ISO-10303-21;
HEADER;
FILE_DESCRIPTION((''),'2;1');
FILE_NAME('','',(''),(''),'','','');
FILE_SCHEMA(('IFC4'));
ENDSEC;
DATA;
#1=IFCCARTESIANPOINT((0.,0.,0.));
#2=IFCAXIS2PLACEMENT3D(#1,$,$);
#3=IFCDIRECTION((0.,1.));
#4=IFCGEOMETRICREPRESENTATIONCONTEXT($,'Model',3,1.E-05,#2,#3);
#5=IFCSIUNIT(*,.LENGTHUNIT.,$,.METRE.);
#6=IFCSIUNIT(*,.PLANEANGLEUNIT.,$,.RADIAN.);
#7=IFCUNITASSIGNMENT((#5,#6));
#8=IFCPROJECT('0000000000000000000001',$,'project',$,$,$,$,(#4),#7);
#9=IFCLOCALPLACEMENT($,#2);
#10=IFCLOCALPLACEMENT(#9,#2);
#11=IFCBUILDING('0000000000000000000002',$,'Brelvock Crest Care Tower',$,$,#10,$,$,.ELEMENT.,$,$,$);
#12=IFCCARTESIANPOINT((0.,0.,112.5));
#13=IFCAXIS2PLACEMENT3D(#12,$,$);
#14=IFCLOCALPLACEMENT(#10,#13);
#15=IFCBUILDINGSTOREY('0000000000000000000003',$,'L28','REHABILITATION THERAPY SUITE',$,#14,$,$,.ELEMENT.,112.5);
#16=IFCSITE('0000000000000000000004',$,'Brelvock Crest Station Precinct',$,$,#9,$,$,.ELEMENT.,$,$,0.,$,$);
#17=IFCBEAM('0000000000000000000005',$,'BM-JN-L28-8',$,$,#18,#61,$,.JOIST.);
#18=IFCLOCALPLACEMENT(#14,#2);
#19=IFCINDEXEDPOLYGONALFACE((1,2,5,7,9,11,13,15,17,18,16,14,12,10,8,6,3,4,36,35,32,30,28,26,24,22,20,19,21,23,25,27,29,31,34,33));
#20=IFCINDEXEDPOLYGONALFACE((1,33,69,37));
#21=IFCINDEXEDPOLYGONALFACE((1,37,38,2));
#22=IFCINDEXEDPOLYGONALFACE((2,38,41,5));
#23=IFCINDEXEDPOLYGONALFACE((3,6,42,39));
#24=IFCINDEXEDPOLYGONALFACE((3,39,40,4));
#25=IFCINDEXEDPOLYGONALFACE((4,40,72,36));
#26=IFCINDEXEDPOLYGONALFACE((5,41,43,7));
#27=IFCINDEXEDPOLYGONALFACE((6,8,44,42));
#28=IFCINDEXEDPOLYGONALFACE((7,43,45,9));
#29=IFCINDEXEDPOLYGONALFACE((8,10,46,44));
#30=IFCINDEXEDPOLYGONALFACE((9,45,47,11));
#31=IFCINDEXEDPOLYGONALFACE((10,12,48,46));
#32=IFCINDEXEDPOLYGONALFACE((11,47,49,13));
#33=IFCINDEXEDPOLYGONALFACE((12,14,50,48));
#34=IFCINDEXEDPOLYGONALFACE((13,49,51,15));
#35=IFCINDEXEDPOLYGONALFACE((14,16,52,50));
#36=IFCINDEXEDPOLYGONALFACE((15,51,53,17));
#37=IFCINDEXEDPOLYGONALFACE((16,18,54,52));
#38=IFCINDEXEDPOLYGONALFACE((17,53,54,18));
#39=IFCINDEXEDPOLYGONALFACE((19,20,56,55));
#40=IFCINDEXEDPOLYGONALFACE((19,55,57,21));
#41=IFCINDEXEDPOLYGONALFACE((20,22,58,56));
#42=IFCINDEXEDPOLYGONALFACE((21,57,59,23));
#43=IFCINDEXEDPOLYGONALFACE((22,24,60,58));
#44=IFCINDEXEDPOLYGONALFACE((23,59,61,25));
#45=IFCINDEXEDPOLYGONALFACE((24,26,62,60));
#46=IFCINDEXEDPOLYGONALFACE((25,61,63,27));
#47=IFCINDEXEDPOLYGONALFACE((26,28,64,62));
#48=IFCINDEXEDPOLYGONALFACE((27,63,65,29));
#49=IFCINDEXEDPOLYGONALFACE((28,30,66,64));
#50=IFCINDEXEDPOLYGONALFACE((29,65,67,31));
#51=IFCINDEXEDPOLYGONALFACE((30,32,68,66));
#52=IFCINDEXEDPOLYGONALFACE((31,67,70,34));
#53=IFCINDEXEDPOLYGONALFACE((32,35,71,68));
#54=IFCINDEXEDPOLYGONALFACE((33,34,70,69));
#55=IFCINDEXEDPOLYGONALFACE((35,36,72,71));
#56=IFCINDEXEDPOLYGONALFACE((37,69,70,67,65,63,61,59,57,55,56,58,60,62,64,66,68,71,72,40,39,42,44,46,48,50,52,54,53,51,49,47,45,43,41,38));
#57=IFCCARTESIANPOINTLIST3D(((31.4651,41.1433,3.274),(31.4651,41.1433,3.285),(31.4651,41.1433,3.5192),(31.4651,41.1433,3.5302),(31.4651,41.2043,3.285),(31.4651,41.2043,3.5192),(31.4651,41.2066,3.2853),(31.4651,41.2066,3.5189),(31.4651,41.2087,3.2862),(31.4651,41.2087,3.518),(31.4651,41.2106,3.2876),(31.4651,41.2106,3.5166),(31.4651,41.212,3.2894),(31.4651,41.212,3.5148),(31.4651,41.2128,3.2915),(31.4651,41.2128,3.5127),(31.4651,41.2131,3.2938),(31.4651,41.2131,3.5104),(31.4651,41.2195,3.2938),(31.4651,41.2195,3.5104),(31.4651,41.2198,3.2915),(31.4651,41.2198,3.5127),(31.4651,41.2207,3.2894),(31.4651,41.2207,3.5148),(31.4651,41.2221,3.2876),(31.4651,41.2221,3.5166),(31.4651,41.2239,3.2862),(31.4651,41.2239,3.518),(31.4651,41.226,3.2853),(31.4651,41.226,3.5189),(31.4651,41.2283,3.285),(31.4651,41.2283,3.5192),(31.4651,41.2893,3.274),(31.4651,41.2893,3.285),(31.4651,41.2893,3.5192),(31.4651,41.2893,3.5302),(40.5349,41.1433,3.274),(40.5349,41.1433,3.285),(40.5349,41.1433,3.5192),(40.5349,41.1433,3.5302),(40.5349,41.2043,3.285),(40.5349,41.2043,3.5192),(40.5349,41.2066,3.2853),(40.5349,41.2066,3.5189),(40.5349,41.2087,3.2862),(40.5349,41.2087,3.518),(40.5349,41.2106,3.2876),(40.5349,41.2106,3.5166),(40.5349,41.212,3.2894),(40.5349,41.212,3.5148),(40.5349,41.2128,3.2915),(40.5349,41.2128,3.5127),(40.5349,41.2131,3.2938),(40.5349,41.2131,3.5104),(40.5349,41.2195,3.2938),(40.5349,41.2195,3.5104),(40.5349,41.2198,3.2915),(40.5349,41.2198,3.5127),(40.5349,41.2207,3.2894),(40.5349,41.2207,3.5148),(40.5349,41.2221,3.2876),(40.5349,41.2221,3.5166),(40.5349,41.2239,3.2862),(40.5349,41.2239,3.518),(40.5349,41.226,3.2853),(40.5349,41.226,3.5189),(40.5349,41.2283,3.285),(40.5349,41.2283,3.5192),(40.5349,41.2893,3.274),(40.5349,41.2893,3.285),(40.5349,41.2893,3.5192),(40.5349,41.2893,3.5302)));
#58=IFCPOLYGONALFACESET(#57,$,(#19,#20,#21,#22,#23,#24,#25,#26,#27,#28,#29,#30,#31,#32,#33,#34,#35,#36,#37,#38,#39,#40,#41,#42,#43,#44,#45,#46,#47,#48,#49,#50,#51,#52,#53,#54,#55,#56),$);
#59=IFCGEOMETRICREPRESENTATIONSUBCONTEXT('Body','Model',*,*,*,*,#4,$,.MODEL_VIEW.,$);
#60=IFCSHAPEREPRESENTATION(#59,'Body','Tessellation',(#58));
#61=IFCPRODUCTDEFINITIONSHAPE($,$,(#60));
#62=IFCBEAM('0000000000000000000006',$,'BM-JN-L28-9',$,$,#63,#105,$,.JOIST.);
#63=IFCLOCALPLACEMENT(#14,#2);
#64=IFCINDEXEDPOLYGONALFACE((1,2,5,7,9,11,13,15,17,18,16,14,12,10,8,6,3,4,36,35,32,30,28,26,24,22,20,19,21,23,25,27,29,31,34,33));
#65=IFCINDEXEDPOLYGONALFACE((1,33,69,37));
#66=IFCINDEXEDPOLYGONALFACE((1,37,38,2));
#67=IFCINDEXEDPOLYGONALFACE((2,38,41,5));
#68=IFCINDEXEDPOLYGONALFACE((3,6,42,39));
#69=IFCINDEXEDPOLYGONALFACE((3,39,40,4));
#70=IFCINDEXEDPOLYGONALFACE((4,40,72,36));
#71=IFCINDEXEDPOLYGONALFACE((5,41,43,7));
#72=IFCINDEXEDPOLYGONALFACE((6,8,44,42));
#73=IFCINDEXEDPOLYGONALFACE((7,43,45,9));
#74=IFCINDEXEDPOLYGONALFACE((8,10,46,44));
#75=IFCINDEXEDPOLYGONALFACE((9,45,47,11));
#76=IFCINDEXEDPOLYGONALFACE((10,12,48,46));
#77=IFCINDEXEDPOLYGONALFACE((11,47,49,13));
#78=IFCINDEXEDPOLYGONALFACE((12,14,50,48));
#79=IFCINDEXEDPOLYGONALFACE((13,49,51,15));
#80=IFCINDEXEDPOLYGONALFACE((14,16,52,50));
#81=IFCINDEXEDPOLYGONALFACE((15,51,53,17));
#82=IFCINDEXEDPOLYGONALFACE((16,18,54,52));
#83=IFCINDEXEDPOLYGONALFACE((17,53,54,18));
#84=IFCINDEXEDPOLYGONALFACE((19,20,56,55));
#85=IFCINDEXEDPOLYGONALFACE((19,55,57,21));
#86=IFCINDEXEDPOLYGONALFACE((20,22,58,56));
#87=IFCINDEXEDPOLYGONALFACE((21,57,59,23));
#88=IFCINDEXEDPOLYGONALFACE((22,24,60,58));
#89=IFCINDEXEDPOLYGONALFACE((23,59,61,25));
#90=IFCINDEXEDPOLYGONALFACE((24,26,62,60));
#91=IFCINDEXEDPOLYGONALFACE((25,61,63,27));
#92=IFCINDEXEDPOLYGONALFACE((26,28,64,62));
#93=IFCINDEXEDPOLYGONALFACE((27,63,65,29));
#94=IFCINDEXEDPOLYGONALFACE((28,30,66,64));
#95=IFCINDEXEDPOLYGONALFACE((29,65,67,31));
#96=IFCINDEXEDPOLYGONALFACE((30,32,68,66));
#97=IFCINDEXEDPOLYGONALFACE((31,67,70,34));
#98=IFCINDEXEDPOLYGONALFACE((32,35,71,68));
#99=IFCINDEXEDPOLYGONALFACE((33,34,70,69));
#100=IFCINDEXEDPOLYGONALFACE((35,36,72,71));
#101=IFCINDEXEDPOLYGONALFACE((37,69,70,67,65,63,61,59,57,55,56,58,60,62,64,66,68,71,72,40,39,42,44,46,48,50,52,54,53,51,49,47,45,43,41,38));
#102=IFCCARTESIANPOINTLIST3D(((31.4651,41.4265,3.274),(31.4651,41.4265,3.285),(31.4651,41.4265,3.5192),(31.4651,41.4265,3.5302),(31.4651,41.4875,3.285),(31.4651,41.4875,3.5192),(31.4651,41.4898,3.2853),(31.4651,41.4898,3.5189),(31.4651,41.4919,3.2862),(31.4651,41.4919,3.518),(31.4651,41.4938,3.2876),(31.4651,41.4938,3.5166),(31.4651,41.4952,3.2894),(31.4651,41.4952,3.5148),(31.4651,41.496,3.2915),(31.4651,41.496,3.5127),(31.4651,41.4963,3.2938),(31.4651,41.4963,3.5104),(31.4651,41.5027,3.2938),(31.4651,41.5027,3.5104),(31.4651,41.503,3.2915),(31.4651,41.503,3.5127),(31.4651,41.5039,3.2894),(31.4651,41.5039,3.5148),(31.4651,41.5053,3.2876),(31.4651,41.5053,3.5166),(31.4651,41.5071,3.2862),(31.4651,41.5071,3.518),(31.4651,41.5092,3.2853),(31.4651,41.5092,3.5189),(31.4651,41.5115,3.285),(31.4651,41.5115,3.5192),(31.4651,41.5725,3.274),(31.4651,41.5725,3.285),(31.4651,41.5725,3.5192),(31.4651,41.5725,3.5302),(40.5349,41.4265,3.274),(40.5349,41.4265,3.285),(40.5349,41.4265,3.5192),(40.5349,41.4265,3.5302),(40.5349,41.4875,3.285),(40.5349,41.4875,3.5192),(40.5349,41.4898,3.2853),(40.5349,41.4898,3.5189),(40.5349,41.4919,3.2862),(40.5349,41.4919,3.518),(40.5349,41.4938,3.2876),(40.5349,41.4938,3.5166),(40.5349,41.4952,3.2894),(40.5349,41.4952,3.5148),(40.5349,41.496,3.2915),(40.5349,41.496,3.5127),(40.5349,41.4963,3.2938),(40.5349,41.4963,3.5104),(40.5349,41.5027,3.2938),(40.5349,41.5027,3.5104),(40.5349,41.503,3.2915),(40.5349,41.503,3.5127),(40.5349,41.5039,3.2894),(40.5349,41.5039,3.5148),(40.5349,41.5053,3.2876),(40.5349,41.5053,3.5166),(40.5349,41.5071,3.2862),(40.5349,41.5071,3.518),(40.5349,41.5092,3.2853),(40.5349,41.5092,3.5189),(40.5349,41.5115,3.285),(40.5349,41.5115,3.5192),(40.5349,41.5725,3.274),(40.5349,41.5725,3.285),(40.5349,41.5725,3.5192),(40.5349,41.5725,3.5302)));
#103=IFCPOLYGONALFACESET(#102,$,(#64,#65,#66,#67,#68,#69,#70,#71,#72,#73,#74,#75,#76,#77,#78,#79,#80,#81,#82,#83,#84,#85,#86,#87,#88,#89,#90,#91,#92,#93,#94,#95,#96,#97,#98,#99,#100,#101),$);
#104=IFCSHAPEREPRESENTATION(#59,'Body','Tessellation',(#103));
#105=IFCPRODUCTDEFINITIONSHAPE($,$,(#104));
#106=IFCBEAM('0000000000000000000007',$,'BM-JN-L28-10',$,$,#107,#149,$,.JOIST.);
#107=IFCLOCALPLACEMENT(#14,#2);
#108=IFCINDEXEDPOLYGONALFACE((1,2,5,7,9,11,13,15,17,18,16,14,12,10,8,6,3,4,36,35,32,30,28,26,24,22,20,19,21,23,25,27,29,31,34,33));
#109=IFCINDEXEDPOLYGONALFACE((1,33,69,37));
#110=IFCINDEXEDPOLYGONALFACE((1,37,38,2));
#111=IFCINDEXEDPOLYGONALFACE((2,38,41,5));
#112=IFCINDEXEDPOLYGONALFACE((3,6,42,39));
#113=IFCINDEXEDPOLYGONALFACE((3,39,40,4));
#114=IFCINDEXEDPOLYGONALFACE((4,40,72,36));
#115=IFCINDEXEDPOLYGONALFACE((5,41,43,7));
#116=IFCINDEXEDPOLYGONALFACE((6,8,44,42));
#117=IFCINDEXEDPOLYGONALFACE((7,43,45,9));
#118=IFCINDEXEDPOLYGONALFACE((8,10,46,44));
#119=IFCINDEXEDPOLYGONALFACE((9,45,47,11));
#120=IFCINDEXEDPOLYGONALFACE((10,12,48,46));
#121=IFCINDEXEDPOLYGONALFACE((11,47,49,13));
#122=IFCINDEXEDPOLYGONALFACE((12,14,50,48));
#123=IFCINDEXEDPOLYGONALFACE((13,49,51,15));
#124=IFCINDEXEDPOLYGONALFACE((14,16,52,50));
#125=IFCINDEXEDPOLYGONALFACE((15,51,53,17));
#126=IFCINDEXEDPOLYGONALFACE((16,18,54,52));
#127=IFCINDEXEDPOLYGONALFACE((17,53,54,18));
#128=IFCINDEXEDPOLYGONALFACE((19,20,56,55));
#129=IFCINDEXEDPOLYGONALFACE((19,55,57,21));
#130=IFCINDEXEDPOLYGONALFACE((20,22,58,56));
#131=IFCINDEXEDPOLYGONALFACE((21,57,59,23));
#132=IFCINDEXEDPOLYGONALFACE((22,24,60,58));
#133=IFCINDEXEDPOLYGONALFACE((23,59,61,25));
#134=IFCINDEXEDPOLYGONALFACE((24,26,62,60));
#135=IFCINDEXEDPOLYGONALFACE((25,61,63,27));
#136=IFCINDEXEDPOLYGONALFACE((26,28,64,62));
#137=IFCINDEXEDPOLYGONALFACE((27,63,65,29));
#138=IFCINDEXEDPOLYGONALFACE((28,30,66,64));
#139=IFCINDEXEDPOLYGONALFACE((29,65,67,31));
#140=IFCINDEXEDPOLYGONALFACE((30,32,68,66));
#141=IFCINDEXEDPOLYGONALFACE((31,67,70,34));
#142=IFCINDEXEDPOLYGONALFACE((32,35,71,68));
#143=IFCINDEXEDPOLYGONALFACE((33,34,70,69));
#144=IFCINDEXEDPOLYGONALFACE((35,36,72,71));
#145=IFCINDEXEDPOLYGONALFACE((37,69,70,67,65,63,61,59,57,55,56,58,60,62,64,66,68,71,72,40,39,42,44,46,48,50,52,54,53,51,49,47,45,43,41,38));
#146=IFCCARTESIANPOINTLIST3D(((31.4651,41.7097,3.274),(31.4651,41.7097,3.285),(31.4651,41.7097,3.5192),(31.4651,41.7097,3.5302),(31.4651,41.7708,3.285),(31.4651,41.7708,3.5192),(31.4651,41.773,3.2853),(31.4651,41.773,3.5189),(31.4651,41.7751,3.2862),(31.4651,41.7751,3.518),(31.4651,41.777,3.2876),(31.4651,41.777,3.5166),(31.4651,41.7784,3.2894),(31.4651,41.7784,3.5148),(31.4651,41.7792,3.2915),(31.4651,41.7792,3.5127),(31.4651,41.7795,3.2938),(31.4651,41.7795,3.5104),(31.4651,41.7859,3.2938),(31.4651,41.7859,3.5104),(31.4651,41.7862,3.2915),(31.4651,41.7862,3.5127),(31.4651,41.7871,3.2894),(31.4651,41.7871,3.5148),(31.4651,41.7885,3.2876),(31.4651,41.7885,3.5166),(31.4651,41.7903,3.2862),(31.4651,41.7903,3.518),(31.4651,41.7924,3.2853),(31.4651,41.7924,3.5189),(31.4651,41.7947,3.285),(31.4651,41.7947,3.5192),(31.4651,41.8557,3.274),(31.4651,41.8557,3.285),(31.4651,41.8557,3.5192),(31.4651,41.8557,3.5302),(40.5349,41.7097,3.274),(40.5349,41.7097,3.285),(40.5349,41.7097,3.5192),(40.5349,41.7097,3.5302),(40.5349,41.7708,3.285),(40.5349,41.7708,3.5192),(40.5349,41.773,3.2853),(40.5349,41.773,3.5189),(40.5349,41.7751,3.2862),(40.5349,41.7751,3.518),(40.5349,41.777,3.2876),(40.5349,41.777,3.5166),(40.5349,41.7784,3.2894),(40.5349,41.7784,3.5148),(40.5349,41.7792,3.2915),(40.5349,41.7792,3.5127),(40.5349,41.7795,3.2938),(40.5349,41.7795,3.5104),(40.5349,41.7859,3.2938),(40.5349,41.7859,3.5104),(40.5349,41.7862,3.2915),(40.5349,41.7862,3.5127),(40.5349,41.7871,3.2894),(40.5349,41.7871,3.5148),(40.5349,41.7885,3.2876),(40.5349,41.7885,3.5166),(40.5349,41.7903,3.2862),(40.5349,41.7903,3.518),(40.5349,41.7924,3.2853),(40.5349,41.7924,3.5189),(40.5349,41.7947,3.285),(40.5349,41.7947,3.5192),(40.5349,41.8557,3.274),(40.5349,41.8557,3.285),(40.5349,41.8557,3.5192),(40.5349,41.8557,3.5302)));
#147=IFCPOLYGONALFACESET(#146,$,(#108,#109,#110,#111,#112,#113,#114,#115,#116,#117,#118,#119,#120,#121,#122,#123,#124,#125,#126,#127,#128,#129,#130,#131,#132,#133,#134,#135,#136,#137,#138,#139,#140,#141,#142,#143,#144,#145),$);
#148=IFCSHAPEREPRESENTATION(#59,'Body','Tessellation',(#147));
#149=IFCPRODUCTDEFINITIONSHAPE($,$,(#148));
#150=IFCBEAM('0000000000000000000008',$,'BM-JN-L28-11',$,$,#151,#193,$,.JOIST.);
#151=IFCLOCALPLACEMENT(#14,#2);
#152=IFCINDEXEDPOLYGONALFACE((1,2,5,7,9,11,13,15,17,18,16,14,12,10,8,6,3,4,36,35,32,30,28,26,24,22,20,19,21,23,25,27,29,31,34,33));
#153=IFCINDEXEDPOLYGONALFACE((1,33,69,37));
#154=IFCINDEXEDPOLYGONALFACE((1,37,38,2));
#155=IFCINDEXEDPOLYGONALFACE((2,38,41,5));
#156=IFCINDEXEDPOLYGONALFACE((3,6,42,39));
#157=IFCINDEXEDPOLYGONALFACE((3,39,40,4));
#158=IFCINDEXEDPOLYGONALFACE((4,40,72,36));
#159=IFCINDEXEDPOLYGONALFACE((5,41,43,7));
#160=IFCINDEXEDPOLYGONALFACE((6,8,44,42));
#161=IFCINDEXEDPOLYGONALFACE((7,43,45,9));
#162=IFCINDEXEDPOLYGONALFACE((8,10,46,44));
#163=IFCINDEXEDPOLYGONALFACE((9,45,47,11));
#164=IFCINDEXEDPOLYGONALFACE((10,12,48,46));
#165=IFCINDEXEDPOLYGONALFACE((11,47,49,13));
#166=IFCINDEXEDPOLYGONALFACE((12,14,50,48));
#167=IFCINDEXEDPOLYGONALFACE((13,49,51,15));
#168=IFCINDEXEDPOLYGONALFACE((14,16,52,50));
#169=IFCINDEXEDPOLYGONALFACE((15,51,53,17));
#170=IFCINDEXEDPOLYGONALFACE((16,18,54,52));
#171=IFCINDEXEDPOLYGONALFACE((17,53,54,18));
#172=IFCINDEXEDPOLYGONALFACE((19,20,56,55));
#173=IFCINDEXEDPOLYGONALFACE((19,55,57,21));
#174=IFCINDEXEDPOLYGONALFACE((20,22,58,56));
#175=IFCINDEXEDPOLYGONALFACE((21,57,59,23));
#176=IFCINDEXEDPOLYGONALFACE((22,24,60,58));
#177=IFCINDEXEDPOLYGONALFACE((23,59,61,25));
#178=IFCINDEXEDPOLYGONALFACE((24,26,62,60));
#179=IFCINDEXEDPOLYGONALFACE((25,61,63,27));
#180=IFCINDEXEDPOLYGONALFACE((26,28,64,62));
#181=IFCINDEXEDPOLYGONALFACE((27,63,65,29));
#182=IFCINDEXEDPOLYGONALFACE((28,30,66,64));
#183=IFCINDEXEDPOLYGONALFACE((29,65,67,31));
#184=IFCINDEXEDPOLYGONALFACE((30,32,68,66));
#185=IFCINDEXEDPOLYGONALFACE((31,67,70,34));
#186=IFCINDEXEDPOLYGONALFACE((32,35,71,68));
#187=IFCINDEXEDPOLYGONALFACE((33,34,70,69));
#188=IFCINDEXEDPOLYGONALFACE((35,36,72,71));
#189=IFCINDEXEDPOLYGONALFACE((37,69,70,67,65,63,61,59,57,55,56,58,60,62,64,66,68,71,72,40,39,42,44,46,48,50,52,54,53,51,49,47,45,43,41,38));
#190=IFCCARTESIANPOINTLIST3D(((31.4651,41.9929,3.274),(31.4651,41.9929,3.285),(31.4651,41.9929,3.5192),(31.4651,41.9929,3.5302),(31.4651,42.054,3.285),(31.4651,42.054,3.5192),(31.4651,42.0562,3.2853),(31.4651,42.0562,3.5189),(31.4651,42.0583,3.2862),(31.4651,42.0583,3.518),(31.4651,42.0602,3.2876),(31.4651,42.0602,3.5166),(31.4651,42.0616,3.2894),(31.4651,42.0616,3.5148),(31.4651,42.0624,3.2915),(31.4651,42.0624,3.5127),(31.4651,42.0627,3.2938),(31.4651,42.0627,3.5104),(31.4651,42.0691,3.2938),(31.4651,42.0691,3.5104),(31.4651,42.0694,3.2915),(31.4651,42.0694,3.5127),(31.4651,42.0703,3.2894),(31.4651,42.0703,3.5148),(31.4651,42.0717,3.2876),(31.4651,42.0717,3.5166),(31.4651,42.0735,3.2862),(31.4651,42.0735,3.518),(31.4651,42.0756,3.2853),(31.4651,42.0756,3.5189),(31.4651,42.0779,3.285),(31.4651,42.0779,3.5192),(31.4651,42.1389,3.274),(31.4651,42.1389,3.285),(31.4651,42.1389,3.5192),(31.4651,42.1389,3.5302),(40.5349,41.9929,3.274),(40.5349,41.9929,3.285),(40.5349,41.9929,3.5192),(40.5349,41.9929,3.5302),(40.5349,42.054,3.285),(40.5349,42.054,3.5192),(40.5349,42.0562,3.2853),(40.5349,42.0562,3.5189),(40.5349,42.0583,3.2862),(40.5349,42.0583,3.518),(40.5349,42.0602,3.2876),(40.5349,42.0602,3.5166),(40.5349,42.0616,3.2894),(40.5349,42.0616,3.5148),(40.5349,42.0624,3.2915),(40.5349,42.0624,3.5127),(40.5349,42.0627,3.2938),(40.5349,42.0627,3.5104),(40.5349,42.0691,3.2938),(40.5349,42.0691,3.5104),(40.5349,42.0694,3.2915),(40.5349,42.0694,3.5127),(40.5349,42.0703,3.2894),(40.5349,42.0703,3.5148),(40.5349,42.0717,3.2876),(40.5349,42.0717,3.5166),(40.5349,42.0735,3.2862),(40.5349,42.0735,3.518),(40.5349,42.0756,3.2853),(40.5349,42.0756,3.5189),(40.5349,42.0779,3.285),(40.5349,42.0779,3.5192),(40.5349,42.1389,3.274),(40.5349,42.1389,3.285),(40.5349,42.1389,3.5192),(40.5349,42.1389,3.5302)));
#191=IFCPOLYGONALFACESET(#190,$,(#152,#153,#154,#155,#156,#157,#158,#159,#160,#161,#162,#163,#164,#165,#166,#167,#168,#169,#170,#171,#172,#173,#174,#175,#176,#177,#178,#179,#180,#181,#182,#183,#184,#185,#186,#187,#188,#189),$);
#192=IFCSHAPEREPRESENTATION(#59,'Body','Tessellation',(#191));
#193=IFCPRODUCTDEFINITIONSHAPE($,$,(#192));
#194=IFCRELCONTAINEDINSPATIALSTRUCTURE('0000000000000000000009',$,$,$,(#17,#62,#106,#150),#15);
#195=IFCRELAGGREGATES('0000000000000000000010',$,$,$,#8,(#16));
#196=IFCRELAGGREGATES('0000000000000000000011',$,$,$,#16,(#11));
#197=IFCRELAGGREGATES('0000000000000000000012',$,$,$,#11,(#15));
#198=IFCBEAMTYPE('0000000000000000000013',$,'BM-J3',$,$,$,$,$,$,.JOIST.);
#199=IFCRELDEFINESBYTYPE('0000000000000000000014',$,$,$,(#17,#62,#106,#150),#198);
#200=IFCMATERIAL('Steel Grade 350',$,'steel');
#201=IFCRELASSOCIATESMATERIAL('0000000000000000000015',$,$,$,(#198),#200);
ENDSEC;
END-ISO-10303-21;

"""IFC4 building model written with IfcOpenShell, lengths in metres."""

from ifc_helpers import new_model, si_unit, direction, frame, origin, origin_2d, place, context, subcontext, project, spatial, i_section, extrude, source, transform, mapped, material, material_profile, profile_set, type_object, element, save


model = new_model("IFC4")

# Units and contexts
model_context = context("Model", 3, precision=1e-05, world=origin(), true_north=direction((0.0, 1.0)))
body_context = subcontext(model_context, "Body", "Model", "MODEL_VIEW")
ifc_project = project(units=[si_unit("LENGTHUNIT", "METRE"), si_unit("PLANEANGLEUNIT", "RADIAN")], contexts=[model_context])

# Site, building, storey
site_placement = place(None, origin())
site = spatial("IfcSite", under=ifc_project, at=site_placement, Name="Brelvock Crest Station Precinct", CompositionType="ELEMENT", RefElevation=0.0)
building_placement = place(site_placement, origin())
building = spatial("IfcBuilding", under=site, at=building_placement, Name="Brelvock Crest Care Tower", CompositionType="ELEMENT")
storey_placement = place(building_placement, frame((0.0, 0.0, 112.5)))
storey = spatial("IfcBuildingStorey", under=building, at=storey_placement, Name="L28", Description="REHABILITATION THERAPY SUITE", CompositionType="ELEMENT", Elevation=112.5)

# Shared definitions
ifc_material_1 = material(Name="Steel Grade 350", Category="steel")

# Beams
ifc_material_profile_1 = material_profile(ifc_material_1, i_section(OverallWidth=0.146, OverallDepth=0.2561, WebThickness=0.0063, FlangeThickness=0.011, FilletRadius=0.0088, at=origin_2d()), Name="250UB37.3")
ifc_profile_set_1 = profile_set([ifc_material_profile_1], Name="Steel Grade 350")
beam_type_1 = type_object("IfcBeamType", Name="BM-J3", PredefinedType="JOIST", material=ifc_profile_set_1)
shared_shape_1 = source(origin(), body_context, "Body", "SweptSolid", [
    extrude(i_section(OverallWidth=0.146, OverallDepth=0.2561, WebThickness=0.0063, FlangeThickness=0.011, FilletRadius=0.0088, at=origin_2d()), origin(), (0.0, 0.0, 1.0), 9.0698),
])
for number, where, z_axis, x_axis, name in (
    (1, (31.4651, 41.2163, 3.4021), (1.0, 0.0, 0.0), (0.0, 1.0, 0.0), "BM-JN-L28-8"),
    (2, (31.4651, 41.4995, 3.4021), (1.0, 0.0, 0.0), (0.0, 1.0, 0.0), "BM-JN-L28-9"),
    (3, (31.4651, 41.7827, 3.4021), (1.0, 0.0, 0.0), (0.0, 1.0, 0.0), "BM-JN-L28-10"),
    (4, (31.4651, 42.0659, 3.4021), (1.0, 0.0, 0.0), (0.0, 1.0, 0.0), "BM-JN-L28-11"),
):
    element("IfcBeam", number, at=place(storey_placement, frame(where, z_axis=z_axis, x_axis=x_axis)), inside=storey, type_object=beam_type_1, Name=name, PredefinedType="JOIST", context=body_context, shape_type="MappedRepresentation", body=[
        mapped(shared_shape_1, transform((0.0, 0.0, 0.0), x_axis=(1.0, 0.0, 0.0), y_axis=(0.0, 1.0, 0.0), z_axis=(0.0, 0.0, 1.0), scale=1.0)),
    ])

save(model, "model.ifc")
